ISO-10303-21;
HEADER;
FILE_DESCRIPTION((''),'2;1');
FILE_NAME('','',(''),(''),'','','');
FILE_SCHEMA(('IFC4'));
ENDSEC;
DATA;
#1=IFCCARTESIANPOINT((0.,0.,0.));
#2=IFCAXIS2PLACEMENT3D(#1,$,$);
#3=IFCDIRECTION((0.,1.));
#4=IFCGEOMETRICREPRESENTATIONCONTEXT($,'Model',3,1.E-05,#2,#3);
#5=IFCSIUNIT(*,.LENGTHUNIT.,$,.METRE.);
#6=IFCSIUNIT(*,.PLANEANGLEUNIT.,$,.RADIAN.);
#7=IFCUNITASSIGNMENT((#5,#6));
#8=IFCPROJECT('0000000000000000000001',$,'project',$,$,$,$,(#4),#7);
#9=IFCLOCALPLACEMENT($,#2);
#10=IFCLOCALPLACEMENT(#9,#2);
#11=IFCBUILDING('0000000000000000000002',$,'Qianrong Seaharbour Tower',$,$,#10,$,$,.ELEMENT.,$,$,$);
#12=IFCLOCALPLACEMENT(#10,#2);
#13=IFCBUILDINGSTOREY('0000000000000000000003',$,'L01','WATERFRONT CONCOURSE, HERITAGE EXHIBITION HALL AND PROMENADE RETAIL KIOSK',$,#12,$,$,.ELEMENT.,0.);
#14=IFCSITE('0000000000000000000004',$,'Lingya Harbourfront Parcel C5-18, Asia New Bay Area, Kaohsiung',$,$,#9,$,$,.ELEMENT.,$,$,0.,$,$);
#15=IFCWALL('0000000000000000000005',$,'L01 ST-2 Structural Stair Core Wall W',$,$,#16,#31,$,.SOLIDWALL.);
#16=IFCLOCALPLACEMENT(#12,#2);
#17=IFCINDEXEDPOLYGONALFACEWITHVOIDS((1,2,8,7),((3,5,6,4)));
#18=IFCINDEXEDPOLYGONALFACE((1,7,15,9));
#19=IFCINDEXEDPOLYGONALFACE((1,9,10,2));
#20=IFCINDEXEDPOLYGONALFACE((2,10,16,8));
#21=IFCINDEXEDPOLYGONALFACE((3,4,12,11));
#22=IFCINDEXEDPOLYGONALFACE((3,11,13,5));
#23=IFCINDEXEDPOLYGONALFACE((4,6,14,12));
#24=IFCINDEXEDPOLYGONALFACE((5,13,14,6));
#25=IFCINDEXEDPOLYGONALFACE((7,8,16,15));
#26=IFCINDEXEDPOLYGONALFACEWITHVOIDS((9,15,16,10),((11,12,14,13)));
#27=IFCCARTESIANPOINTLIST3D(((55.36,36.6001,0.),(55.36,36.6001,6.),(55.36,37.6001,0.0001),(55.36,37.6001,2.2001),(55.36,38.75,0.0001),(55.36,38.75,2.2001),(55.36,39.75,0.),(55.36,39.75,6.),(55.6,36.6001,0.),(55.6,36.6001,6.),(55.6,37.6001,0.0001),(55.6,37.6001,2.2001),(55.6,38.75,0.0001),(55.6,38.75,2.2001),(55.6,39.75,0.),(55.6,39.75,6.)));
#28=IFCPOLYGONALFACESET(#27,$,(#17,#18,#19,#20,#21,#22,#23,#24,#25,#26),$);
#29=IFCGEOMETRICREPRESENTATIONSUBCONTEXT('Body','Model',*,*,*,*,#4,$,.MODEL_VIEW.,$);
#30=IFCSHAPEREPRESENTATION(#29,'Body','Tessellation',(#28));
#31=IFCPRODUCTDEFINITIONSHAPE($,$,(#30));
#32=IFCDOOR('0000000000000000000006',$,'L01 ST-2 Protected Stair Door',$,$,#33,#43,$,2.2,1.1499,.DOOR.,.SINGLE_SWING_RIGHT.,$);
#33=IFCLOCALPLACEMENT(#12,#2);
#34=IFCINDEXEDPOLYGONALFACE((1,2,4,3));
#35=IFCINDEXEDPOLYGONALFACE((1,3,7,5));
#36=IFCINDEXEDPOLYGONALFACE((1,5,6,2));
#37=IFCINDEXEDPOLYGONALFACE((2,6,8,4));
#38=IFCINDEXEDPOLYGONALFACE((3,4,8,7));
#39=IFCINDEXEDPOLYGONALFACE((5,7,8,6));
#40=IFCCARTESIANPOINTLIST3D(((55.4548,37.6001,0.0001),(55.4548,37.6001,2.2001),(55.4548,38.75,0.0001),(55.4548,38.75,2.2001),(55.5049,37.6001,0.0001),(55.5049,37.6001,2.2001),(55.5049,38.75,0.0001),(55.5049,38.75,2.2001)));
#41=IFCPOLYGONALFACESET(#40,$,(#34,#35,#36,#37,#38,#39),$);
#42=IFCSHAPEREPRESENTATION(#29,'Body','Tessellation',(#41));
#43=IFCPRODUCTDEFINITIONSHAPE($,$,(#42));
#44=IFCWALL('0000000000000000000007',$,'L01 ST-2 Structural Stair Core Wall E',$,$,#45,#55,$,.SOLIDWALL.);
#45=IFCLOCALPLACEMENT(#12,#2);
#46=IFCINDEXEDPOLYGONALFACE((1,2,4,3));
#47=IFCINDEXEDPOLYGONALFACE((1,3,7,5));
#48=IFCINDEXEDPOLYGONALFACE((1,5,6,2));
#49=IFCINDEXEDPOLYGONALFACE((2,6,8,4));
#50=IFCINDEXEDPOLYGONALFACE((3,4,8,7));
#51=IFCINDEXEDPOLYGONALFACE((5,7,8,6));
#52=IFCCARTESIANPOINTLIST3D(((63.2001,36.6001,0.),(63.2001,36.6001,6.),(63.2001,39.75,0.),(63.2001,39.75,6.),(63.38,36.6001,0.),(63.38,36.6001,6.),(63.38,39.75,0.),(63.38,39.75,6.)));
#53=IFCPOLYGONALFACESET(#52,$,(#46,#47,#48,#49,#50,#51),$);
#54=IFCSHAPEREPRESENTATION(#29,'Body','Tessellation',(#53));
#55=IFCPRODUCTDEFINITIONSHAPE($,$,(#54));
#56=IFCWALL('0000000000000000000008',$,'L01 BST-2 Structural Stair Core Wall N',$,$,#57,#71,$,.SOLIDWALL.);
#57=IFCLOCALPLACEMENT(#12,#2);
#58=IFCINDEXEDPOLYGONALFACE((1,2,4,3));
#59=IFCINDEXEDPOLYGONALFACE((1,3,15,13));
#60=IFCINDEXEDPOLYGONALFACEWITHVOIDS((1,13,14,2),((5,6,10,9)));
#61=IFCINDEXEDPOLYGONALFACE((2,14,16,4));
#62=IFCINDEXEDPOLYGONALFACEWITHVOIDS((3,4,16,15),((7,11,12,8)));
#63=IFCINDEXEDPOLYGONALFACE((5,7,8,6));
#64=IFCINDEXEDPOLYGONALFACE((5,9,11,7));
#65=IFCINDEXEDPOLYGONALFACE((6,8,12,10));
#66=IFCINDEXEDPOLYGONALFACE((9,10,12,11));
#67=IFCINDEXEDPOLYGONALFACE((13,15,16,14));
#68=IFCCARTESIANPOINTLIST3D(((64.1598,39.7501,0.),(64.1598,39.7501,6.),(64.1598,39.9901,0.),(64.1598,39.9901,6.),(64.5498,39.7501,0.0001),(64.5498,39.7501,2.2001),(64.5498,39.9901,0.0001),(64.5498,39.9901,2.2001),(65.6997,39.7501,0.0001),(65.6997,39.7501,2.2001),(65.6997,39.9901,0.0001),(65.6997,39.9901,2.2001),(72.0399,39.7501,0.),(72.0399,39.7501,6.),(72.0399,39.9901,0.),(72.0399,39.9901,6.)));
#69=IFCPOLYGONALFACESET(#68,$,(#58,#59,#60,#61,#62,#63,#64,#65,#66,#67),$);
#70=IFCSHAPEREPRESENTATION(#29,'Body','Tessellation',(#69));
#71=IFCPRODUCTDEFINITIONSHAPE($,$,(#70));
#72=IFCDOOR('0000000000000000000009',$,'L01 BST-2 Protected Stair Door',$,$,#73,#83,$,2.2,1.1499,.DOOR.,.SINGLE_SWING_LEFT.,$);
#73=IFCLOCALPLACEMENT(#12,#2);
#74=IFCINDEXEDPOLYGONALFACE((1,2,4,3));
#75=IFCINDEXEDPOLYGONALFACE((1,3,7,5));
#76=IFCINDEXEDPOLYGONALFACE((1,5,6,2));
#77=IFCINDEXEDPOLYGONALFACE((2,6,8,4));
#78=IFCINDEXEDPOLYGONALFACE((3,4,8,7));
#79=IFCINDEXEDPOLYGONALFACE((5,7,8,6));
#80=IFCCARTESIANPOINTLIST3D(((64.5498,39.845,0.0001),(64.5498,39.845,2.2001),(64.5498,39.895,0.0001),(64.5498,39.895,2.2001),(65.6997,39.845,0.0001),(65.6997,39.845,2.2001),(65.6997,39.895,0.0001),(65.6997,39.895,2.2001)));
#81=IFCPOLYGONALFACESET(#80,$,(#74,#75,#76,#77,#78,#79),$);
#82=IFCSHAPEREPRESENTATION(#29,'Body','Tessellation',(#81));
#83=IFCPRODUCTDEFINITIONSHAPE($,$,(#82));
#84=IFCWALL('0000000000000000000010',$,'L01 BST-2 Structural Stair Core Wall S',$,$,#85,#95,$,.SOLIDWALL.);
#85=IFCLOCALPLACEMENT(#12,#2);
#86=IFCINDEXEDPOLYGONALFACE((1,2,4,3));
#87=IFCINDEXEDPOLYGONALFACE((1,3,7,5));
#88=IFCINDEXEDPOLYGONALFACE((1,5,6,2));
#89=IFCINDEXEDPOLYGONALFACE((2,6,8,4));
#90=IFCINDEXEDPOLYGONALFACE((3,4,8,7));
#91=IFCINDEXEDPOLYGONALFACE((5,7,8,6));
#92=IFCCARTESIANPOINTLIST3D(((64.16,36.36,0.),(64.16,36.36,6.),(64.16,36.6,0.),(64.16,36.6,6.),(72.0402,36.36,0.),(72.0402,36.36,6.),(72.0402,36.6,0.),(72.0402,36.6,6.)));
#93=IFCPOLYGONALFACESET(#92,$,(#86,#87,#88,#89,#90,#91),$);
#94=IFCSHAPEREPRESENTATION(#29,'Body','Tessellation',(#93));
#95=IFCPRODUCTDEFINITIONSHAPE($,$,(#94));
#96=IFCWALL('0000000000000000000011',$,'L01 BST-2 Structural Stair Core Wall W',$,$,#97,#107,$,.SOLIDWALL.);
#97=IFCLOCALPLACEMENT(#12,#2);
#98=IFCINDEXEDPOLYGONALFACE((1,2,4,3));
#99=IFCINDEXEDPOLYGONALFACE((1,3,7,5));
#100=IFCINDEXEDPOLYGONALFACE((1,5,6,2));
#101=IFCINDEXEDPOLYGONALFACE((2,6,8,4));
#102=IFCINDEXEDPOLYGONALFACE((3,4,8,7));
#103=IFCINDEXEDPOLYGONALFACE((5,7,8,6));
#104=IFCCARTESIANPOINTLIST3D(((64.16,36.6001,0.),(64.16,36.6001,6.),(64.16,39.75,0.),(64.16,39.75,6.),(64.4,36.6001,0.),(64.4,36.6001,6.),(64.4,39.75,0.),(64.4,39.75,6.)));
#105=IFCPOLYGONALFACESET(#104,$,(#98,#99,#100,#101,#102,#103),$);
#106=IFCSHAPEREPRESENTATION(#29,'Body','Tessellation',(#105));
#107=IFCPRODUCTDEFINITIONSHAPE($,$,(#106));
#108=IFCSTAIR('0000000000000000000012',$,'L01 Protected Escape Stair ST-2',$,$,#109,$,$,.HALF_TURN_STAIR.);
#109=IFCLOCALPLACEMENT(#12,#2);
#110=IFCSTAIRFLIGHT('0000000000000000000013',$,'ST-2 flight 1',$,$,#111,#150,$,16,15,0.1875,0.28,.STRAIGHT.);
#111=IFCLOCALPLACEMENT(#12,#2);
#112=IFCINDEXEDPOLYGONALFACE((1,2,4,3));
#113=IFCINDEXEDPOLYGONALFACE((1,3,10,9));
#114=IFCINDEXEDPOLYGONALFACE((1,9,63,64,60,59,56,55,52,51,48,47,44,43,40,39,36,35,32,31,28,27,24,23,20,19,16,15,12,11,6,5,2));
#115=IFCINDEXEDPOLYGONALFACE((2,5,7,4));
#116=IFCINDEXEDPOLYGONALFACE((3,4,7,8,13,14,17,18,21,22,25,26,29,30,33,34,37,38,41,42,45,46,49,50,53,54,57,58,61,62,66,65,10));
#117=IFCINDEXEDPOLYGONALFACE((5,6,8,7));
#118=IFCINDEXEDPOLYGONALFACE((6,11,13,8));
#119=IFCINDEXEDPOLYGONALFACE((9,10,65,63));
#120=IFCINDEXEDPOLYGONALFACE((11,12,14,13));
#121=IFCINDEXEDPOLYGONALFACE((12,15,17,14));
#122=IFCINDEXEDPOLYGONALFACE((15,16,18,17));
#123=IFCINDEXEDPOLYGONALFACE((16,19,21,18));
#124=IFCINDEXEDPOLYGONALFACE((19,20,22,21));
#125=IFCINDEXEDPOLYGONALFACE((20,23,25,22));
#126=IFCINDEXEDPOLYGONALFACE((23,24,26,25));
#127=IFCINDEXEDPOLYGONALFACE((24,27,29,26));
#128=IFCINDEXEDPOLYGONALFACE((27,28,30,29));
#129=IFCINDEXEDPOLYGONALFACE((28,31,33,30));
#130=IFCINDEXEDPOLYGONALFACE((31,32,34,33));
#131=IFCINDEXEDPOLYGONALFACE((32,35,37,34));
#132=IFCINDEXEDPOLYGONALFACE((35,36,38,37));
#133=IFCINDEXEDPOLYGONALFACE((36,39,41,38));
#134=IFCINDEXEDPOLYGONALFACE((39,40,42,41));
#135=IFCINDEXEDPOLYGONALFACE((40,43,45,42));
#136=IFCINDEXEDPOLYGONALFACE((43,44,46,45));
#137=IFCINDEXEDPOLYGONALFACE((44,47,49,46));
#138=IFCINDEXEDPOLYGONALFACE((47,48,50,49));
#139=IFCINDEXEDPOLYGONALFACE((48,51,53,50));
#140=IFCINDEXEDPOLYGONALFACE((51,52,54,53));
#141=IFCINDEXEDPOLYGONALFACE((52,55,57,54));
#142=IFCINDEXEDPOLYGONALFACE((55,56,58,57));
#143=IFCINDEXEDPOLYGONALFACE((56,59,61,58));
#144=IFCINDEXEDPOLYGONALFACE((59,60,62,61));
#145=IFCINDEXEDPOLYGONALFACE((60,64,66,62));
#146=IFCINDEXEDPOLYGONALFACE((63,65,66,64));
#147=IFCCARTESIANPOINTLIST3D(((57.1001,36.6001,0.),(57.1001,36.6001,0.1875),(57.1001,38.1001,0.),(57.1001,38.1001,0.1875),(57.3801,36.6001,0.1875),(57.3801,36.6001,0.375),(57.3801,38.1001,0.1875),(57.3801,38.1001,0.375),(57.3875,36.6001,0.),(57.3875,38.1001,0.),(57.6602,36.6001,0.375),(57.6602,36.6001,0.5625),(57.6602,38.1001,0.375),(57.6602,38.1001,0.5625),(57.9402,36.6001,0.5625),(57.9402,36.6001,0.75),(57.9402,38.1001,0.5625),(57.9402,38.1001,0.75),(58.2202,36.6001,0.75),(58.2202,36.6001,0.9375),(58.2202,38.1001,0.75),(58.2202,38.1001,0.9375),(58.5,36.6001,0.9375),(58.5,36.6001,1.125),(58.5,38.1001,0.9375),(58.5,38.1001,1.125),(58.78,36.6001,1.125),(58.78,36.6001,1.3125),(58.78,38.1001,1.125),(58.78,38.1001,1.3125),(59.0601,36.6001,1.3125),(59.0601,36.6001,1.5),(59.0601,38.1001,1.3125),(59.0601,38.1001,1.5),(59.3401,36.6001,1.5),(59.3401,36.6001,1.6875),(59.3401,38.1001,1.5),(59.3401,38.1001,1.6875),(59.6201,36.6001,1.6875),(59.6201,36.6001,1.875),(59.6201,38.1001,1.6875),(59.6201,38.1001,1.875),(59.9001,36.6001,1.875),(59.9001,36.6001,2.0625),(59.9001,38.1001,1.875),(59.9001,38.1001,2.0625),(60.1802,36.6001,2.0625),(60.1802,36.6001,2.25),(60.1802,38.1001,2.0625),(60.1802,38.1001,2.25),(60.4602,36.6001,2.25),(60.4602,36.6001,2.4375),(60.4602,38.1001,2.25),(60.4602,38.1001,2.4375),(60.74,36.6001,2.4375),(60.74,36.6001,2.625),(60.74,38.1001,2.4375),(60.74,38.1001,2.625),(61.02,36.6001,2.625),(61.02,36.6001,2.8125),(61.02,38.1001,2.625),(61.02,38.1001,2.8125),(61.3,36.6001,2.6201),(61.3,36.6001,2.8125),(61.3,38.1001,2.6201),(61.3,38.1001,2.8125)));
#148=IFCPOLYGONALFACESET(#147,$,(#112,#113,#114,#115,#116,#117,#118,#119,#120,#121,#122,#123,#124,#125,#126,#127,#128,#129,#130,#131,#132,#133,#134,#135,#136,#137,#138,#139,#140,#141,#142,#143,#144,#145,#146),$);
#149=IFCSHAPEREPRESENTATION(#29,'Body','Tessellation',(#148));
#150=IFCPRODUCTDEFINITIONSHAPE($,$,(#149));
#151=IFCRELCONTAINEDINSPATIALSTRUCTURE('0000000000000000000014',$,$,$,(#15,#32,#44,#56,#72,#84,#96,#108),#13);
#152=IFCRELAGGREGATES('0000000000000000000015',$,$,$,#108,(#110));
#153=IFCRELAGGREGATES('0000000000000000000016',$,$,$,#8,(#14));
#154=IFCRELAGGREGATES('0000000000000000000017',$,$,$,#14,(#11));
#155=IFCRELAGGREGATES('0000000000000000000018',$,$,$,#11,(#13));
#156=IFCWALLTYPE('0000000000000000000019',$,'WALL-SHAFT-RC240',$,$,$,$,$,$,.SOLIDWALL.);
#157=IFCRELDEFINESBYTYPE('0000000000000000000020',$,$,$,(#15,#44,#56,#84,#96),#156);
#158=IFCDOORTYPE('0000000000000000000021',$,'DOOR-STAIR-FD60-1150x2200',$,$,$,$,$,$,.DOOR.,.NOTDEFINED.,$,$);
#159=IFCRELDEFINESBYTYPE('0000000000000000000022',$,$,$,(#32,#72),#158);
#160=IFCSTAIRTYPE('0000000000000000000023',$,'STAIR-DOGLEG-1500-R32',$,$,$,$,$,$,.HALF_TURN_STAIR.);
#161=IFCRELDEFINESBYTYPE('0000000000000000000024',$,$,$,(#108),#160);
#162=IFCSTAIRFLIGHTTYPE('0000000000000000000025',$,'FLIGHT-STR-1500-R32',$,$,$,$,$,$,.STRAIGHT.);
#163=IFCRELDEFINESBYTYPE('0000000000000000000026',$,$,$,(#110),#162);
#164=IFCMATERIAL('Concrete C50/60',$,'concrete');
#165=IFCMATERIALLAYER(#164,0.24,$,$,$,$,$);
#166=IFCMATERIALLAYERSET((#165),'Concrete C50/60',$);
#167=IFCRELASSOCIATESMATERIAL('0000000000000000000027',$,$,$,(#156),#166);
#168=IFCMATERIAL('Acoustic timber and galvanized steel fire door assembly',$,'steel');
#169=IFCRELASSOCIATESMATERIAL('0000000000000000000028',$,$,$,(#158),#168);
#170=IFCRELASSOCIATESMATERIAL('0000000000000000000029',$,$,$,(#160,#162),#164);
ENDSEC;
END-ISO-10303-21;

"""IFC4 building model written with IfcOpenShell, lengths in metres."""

from ifc_helpers import new_model, si_unit, direction, frame, frame_2d, origin, place, context, subcontext, project, spatial, polyline, rectangle, outline, extrude, material, layer, layer_set, type_object, element, fill, aggregate, save


model = new_model("IFC4")

# Units and contexts
model_context = context("Model", 3, precision=1e-05, world=origin(), true_north=direction((0.0, 1.0)))
body_context = subcontext(model_context, "Body", "Model", "MODEL_VIEW")
ifc_project = project(units=[si_unit("LENGTHUNIT", "METRE"), si_unit("PLANEANGLEUNIT", "RADIAN")], contexts=[model_context])

# Site, building, storey
site_placement = place(None, origin())
site = spatial("IfcSite", under=ifc_project, at=site_placement, Name="Lingya Harbourfront Parcel C5-18, Asia New Bay Area, Kaohsiung", CompositionType="ELEMENT", RefElevation=0.0)
building_placement = place(site_placement, origin())
building = spatial("IfcBuilding", under=site, at=building_placement, Name="Qianrong Seaharbour Tower", CompositionType="ELEMENT")
storey_placement = place(building_placement, origin())
storey = spatial("IfcBuildingStorey", under=building, at=storey_placement, Name="L01", Description="WATERFRONT CONCOURSE, HERITAGE EXHIBITION HALL AND PROMENADE RETAIL KIOSK", CompositionType="ELEMENT", Elevation=0.0)

# Shared definitions
ifc_material_1 = material(Name="Acoustic timber and galvanized steel fire door assembly", Category="steel")

# Shared definitions
ifc_material_2 = material(Name="Concrete C50/60", Category="concrete")
ifc_layer_1 = layer(ifc_material_2, 0.24)
ifc_layer_set_1 = layer_set([ifc_layer_1], Name="Concrete C50/60")
wall_type_1 = type_object("IfcWallType", Name="WALL-SHAFT-RC240", PredefinedType="SOLIDWALL", material=ifc_layer_set_1)

# Wall, opening, door
wall_1_placement = place(storey_placement, frame((55.48, 39.75, 0.0), z_axis=(0.0, 0.0, 1.0), x_axis=(0.0, -1.0, 0.0)))
wall_1 = element("IfcWall", 1, at=wall_1_placement, inside=storey, type_object=wall_type_1, Name="L01 ST-2 Structural Stair Core Wall W", PredefinedType="SOLIDWALL", context=body_context, shape_type="SweptSolid", body=[
    extrude(rectangle(XDim=3.1499, YDim=0.24, at=frame_2d((1.575, 0.0))), origin(), (0.0, 0.0, 1.0), 6.0),
])
opening_1_placement = place(wall_1_placement, frame((1.0, 0.0, 0.0)))
opening_1 = element("IfcOpeningElement", 2, at=opening_1_placement, cuts=wall_1, PredefinedType="OPENING", context=body_context, shape_type="SweptSolid", body=[
    extrude(rectangle(XDim=1.1499, YDim=2.2, at=frame_2d((0.575, 1.1001))), frame((0.0, 0.1299, 0.0), z_axis=(0.0, -1.0, 0.0), x_axis=(1.0, 0.0, 0.0)), (0.0, 0.0, 1.0), 0.26),
])
door_type_1 = type_object("IfcDoorType", Name="DOOR-STAIR-FD60-1150x2200", OperationType="NOTDEFINED", PredefinedType="DOOR", material=ifc_material_1)
door_1_placement = place(opening_1_placement, origin())
door_1 = element("IfcDoor", 3, at=door_1_placement, inside=storey, type_object=door_type_1, Name="L01 ST-2 Protected Stair Door", OperationType="SINGLE_SWING_RIGHT", OverallHeight=2.2, OverallWidth=1.1499, PredefinedType="DOOR", context=body_context, shape_type="SweptSolid", body=[
    extrude(rectangle(XDim=1.1499, YDim=2.2, at=frame_2d((0.575, 1.1001))), frame((0.0, 0.0249, 0.0), z_axis=(0.0, -1.0, 0.0), x_axis=(1.0, 0.0, 0.0)), (0.0, 0.0, 1.0), 0.05),
])
fill(opening_1, door_1)

# Wall
wall_2_placement = place(storey_placement, frame((63.29, 36.6001, 0.0), z_axis=(0.0, 0.0, 1.0), x_axis=(0.0, 1.0, 0.0)))
element("IfcWall", 4, at=wall_2_placement, inside=storey, type_object=wall_type_1, Name="L01 ST-2 Structural Stair Core Wall E", PredefinedType="SOLIDWALL", context=body_context, shape_type="SweptSolid", body=[
    extrude(rectangle(XDim=3.1499, YDim=0.1799, at=frame_2d((1.575, 0.0))), origin(), (0.0, 0.0, 1.0), 6.0),
])

# Wall, opening, door
wall_3_placement = place(storey_placement, frame((64.1599, 39.8701, 0.0), z_axis=(0.0, 0.0, 1.0), x_axis=(1.0, 0.0, 0.0)))
wall_3 = element("IfcWall", 5, at=wall_3_placement, inside=storey, type_object=wall_type_1, Name="L01 BST-2 Structural Stair Core Wall N", PredefinedType="SOLIDWALL", context=body_context, shape_type="SweptSolid", body=[
    extrude(rectangle(XDim=7.8801, YDim=0.24, at=frame_2d((3.9399, 0.0))), origin(), (0.0, 0.0, 1.0), 6.0),
])
opening_2_placement = place(wall_3_placement, frame((0.3899, 0.0, 0.0)))
opening_2 = element("IfcOpeningElement", 6, at=opening_2_placement, cuts=wall_3, PredefinedType="OPENING", context=body_context, shape_type="SweptSolid", body=[
    extrude(rectangle(XDim=1.1499, YDim=2.2, at=frame_2d((0.575, 1.1001))), frame((0.0, 0.1299, 0.0), z_axis=(0.0, -1.0, 0.0), x_axis=(1.0, 0.0, 0.0)), (0.0, 0.0, 1.0), 0.26),
])
door_2_placement = place(opening_2_placement, origin())
door_2 = element("IfcDoor", 7, at=door_2_placement, inside=storey, type_object=door_type_1, Name="L01 BST-2 Protected Stair Door", OperationType="SINGLE_SWING_LEFT", OverallHeight=2.2, OverallWidth=1.1499, PredefinedType="DOOR", context=body_context, shape_type="SweptSolid", body=[
    extrude(rectangle(XDim=1.1499, YDim=2.2, at=frame_2d((0.575, 1.1001))), frame((0.0, 0.0249, 0.0), z_axis=(0.0, -1.0, 0.0), x_axis=(1.0, 0.0, 0.0)), (0.0, 0.0, 1.0), 0.05),
])
fill(opening_2, door_2)

# Walls
wall_4_placement = place(storey_placement, frame((72.04, 36.48, 0.0), z_axis=(0.0, 0.0, 1.0), x_axis=(-1.0, 0.0, 0.0)))
element("IfcWall", 8, at=wall_4_placement, inside=storey, type_object=wall_type_1, Name="L01 BST-2 Structural Stair Core Wall S", PredefinedType="SOLIDWALL", context=body_context, shape_type="SweptSolid", body=[
    extrude(rectangle(XDim=7.8801, YDim=0.24, at=frame_2d((3.9399, 0.0))), origin(), (0.0, 0.0, 1.0), 6.0),
])
wall_5_placement = place(storey_placement, frame((64.28, 39.75, 0.0), z_axis=(0.0, 0.0, 1.0), x_axis=(0.0, -1.0, 0.0)))
element("IfcWall", 9, at=wall_5_placement, inside=storey, type_object=wall_type_1, Name="L01 BST-2 Structural Stair Core Wall W", PredefinedType="SOLIDWALL", context=body_context, shape_type="SweptSolid", body=[
    extrude(rectangle(XDim=3.1499, YDim=0.24, at=frame_2d((1.575, 0.0))), origin(), (0.0, 0.0, 1.0), 6.0),
])

# Stair, stair flight
stair_type = type_object("IfcStairType", Name="STAIR-DOGLEG-1500-R32", PredefinedType="HALF_TURN_STAIR", material=ifc_material_2)
stair_placement = place(storey_placement, origin())
stair = element("IfcStair", 10, at=stair_placement, inside=storey, type_object=stair_type, Name="L01 Protected Escape Stair ST-2", PredefinedType="HALF_TURN_STAIR")
stair_flight_type = type_object("IfcStairFlightType", Name="FLIGHT-STR-1500-R32", PredefinedType="STRAIGHT", material=ifc_material_2)
stair_flight_1_placement = place(storey_placement, frame((57.1001, 37.3501, 0.0), z_axis=(0.0, 0.0, 1.0), x_axis=(1.0, 0.0, 0.0)))
stair_flight_1 = element("IfcStairFlight", 11, at=stair_flight_1_placement, type_object=stair_flight_type, Name="ST-2 flight 1", NumberOfRisers=16, NumberOfTreads=15, PredefinedType="STRAIGHT", RiserHeight=0.1875, TreadLength=0.28, context=body_context, shape_type="SweptSolid", body=[
    extrude(outline(polyline([(0.0, 0.0), (0.0, 0.1875), (0.28, 0.1875), (0.28, 0.375), (0.5601, 0.375), (0.5601, 0.5625), (0.8401, 0.5625), (0.8401, 0.75), (1.1201, 0.75), (1.1201, 0.9375), (1.3999, 0.9375), (1.3999, 1.125), (1.6799, 1.125), (1.6799, 1.3125), (1.96, 1.3125), (1.96, 1.5), (2.24, 1.5), (2.24, 1.6875), (2.52, 1.6875), (2.52, 1.875), (2.8, 1.875), (2.8, 2.0625), (3.0801, 2.0625), (3.0801, 2.25), (3.3601, 2.25), (3.3601, 2.4375), (3.6399, 2.4375), (3.6399, 2.625), (3.9199, 2.625), (3.9199, 2.8125), (4.2, 2.8125), (4.2, 3.0), (4.2, 2.6201), (0.2874, 0.0), (0.0, 0.0)])), frame((0.0, 0.75, 0.0), z_axis=(0.0, -1.0, 0.0), x_axis=(1.0, 0.0, 0.0)), (0.0, 0.0, 1.0), 1.5),
])
aggregate(stair, [stair_flight_1])

save(model, "model.ifc")
